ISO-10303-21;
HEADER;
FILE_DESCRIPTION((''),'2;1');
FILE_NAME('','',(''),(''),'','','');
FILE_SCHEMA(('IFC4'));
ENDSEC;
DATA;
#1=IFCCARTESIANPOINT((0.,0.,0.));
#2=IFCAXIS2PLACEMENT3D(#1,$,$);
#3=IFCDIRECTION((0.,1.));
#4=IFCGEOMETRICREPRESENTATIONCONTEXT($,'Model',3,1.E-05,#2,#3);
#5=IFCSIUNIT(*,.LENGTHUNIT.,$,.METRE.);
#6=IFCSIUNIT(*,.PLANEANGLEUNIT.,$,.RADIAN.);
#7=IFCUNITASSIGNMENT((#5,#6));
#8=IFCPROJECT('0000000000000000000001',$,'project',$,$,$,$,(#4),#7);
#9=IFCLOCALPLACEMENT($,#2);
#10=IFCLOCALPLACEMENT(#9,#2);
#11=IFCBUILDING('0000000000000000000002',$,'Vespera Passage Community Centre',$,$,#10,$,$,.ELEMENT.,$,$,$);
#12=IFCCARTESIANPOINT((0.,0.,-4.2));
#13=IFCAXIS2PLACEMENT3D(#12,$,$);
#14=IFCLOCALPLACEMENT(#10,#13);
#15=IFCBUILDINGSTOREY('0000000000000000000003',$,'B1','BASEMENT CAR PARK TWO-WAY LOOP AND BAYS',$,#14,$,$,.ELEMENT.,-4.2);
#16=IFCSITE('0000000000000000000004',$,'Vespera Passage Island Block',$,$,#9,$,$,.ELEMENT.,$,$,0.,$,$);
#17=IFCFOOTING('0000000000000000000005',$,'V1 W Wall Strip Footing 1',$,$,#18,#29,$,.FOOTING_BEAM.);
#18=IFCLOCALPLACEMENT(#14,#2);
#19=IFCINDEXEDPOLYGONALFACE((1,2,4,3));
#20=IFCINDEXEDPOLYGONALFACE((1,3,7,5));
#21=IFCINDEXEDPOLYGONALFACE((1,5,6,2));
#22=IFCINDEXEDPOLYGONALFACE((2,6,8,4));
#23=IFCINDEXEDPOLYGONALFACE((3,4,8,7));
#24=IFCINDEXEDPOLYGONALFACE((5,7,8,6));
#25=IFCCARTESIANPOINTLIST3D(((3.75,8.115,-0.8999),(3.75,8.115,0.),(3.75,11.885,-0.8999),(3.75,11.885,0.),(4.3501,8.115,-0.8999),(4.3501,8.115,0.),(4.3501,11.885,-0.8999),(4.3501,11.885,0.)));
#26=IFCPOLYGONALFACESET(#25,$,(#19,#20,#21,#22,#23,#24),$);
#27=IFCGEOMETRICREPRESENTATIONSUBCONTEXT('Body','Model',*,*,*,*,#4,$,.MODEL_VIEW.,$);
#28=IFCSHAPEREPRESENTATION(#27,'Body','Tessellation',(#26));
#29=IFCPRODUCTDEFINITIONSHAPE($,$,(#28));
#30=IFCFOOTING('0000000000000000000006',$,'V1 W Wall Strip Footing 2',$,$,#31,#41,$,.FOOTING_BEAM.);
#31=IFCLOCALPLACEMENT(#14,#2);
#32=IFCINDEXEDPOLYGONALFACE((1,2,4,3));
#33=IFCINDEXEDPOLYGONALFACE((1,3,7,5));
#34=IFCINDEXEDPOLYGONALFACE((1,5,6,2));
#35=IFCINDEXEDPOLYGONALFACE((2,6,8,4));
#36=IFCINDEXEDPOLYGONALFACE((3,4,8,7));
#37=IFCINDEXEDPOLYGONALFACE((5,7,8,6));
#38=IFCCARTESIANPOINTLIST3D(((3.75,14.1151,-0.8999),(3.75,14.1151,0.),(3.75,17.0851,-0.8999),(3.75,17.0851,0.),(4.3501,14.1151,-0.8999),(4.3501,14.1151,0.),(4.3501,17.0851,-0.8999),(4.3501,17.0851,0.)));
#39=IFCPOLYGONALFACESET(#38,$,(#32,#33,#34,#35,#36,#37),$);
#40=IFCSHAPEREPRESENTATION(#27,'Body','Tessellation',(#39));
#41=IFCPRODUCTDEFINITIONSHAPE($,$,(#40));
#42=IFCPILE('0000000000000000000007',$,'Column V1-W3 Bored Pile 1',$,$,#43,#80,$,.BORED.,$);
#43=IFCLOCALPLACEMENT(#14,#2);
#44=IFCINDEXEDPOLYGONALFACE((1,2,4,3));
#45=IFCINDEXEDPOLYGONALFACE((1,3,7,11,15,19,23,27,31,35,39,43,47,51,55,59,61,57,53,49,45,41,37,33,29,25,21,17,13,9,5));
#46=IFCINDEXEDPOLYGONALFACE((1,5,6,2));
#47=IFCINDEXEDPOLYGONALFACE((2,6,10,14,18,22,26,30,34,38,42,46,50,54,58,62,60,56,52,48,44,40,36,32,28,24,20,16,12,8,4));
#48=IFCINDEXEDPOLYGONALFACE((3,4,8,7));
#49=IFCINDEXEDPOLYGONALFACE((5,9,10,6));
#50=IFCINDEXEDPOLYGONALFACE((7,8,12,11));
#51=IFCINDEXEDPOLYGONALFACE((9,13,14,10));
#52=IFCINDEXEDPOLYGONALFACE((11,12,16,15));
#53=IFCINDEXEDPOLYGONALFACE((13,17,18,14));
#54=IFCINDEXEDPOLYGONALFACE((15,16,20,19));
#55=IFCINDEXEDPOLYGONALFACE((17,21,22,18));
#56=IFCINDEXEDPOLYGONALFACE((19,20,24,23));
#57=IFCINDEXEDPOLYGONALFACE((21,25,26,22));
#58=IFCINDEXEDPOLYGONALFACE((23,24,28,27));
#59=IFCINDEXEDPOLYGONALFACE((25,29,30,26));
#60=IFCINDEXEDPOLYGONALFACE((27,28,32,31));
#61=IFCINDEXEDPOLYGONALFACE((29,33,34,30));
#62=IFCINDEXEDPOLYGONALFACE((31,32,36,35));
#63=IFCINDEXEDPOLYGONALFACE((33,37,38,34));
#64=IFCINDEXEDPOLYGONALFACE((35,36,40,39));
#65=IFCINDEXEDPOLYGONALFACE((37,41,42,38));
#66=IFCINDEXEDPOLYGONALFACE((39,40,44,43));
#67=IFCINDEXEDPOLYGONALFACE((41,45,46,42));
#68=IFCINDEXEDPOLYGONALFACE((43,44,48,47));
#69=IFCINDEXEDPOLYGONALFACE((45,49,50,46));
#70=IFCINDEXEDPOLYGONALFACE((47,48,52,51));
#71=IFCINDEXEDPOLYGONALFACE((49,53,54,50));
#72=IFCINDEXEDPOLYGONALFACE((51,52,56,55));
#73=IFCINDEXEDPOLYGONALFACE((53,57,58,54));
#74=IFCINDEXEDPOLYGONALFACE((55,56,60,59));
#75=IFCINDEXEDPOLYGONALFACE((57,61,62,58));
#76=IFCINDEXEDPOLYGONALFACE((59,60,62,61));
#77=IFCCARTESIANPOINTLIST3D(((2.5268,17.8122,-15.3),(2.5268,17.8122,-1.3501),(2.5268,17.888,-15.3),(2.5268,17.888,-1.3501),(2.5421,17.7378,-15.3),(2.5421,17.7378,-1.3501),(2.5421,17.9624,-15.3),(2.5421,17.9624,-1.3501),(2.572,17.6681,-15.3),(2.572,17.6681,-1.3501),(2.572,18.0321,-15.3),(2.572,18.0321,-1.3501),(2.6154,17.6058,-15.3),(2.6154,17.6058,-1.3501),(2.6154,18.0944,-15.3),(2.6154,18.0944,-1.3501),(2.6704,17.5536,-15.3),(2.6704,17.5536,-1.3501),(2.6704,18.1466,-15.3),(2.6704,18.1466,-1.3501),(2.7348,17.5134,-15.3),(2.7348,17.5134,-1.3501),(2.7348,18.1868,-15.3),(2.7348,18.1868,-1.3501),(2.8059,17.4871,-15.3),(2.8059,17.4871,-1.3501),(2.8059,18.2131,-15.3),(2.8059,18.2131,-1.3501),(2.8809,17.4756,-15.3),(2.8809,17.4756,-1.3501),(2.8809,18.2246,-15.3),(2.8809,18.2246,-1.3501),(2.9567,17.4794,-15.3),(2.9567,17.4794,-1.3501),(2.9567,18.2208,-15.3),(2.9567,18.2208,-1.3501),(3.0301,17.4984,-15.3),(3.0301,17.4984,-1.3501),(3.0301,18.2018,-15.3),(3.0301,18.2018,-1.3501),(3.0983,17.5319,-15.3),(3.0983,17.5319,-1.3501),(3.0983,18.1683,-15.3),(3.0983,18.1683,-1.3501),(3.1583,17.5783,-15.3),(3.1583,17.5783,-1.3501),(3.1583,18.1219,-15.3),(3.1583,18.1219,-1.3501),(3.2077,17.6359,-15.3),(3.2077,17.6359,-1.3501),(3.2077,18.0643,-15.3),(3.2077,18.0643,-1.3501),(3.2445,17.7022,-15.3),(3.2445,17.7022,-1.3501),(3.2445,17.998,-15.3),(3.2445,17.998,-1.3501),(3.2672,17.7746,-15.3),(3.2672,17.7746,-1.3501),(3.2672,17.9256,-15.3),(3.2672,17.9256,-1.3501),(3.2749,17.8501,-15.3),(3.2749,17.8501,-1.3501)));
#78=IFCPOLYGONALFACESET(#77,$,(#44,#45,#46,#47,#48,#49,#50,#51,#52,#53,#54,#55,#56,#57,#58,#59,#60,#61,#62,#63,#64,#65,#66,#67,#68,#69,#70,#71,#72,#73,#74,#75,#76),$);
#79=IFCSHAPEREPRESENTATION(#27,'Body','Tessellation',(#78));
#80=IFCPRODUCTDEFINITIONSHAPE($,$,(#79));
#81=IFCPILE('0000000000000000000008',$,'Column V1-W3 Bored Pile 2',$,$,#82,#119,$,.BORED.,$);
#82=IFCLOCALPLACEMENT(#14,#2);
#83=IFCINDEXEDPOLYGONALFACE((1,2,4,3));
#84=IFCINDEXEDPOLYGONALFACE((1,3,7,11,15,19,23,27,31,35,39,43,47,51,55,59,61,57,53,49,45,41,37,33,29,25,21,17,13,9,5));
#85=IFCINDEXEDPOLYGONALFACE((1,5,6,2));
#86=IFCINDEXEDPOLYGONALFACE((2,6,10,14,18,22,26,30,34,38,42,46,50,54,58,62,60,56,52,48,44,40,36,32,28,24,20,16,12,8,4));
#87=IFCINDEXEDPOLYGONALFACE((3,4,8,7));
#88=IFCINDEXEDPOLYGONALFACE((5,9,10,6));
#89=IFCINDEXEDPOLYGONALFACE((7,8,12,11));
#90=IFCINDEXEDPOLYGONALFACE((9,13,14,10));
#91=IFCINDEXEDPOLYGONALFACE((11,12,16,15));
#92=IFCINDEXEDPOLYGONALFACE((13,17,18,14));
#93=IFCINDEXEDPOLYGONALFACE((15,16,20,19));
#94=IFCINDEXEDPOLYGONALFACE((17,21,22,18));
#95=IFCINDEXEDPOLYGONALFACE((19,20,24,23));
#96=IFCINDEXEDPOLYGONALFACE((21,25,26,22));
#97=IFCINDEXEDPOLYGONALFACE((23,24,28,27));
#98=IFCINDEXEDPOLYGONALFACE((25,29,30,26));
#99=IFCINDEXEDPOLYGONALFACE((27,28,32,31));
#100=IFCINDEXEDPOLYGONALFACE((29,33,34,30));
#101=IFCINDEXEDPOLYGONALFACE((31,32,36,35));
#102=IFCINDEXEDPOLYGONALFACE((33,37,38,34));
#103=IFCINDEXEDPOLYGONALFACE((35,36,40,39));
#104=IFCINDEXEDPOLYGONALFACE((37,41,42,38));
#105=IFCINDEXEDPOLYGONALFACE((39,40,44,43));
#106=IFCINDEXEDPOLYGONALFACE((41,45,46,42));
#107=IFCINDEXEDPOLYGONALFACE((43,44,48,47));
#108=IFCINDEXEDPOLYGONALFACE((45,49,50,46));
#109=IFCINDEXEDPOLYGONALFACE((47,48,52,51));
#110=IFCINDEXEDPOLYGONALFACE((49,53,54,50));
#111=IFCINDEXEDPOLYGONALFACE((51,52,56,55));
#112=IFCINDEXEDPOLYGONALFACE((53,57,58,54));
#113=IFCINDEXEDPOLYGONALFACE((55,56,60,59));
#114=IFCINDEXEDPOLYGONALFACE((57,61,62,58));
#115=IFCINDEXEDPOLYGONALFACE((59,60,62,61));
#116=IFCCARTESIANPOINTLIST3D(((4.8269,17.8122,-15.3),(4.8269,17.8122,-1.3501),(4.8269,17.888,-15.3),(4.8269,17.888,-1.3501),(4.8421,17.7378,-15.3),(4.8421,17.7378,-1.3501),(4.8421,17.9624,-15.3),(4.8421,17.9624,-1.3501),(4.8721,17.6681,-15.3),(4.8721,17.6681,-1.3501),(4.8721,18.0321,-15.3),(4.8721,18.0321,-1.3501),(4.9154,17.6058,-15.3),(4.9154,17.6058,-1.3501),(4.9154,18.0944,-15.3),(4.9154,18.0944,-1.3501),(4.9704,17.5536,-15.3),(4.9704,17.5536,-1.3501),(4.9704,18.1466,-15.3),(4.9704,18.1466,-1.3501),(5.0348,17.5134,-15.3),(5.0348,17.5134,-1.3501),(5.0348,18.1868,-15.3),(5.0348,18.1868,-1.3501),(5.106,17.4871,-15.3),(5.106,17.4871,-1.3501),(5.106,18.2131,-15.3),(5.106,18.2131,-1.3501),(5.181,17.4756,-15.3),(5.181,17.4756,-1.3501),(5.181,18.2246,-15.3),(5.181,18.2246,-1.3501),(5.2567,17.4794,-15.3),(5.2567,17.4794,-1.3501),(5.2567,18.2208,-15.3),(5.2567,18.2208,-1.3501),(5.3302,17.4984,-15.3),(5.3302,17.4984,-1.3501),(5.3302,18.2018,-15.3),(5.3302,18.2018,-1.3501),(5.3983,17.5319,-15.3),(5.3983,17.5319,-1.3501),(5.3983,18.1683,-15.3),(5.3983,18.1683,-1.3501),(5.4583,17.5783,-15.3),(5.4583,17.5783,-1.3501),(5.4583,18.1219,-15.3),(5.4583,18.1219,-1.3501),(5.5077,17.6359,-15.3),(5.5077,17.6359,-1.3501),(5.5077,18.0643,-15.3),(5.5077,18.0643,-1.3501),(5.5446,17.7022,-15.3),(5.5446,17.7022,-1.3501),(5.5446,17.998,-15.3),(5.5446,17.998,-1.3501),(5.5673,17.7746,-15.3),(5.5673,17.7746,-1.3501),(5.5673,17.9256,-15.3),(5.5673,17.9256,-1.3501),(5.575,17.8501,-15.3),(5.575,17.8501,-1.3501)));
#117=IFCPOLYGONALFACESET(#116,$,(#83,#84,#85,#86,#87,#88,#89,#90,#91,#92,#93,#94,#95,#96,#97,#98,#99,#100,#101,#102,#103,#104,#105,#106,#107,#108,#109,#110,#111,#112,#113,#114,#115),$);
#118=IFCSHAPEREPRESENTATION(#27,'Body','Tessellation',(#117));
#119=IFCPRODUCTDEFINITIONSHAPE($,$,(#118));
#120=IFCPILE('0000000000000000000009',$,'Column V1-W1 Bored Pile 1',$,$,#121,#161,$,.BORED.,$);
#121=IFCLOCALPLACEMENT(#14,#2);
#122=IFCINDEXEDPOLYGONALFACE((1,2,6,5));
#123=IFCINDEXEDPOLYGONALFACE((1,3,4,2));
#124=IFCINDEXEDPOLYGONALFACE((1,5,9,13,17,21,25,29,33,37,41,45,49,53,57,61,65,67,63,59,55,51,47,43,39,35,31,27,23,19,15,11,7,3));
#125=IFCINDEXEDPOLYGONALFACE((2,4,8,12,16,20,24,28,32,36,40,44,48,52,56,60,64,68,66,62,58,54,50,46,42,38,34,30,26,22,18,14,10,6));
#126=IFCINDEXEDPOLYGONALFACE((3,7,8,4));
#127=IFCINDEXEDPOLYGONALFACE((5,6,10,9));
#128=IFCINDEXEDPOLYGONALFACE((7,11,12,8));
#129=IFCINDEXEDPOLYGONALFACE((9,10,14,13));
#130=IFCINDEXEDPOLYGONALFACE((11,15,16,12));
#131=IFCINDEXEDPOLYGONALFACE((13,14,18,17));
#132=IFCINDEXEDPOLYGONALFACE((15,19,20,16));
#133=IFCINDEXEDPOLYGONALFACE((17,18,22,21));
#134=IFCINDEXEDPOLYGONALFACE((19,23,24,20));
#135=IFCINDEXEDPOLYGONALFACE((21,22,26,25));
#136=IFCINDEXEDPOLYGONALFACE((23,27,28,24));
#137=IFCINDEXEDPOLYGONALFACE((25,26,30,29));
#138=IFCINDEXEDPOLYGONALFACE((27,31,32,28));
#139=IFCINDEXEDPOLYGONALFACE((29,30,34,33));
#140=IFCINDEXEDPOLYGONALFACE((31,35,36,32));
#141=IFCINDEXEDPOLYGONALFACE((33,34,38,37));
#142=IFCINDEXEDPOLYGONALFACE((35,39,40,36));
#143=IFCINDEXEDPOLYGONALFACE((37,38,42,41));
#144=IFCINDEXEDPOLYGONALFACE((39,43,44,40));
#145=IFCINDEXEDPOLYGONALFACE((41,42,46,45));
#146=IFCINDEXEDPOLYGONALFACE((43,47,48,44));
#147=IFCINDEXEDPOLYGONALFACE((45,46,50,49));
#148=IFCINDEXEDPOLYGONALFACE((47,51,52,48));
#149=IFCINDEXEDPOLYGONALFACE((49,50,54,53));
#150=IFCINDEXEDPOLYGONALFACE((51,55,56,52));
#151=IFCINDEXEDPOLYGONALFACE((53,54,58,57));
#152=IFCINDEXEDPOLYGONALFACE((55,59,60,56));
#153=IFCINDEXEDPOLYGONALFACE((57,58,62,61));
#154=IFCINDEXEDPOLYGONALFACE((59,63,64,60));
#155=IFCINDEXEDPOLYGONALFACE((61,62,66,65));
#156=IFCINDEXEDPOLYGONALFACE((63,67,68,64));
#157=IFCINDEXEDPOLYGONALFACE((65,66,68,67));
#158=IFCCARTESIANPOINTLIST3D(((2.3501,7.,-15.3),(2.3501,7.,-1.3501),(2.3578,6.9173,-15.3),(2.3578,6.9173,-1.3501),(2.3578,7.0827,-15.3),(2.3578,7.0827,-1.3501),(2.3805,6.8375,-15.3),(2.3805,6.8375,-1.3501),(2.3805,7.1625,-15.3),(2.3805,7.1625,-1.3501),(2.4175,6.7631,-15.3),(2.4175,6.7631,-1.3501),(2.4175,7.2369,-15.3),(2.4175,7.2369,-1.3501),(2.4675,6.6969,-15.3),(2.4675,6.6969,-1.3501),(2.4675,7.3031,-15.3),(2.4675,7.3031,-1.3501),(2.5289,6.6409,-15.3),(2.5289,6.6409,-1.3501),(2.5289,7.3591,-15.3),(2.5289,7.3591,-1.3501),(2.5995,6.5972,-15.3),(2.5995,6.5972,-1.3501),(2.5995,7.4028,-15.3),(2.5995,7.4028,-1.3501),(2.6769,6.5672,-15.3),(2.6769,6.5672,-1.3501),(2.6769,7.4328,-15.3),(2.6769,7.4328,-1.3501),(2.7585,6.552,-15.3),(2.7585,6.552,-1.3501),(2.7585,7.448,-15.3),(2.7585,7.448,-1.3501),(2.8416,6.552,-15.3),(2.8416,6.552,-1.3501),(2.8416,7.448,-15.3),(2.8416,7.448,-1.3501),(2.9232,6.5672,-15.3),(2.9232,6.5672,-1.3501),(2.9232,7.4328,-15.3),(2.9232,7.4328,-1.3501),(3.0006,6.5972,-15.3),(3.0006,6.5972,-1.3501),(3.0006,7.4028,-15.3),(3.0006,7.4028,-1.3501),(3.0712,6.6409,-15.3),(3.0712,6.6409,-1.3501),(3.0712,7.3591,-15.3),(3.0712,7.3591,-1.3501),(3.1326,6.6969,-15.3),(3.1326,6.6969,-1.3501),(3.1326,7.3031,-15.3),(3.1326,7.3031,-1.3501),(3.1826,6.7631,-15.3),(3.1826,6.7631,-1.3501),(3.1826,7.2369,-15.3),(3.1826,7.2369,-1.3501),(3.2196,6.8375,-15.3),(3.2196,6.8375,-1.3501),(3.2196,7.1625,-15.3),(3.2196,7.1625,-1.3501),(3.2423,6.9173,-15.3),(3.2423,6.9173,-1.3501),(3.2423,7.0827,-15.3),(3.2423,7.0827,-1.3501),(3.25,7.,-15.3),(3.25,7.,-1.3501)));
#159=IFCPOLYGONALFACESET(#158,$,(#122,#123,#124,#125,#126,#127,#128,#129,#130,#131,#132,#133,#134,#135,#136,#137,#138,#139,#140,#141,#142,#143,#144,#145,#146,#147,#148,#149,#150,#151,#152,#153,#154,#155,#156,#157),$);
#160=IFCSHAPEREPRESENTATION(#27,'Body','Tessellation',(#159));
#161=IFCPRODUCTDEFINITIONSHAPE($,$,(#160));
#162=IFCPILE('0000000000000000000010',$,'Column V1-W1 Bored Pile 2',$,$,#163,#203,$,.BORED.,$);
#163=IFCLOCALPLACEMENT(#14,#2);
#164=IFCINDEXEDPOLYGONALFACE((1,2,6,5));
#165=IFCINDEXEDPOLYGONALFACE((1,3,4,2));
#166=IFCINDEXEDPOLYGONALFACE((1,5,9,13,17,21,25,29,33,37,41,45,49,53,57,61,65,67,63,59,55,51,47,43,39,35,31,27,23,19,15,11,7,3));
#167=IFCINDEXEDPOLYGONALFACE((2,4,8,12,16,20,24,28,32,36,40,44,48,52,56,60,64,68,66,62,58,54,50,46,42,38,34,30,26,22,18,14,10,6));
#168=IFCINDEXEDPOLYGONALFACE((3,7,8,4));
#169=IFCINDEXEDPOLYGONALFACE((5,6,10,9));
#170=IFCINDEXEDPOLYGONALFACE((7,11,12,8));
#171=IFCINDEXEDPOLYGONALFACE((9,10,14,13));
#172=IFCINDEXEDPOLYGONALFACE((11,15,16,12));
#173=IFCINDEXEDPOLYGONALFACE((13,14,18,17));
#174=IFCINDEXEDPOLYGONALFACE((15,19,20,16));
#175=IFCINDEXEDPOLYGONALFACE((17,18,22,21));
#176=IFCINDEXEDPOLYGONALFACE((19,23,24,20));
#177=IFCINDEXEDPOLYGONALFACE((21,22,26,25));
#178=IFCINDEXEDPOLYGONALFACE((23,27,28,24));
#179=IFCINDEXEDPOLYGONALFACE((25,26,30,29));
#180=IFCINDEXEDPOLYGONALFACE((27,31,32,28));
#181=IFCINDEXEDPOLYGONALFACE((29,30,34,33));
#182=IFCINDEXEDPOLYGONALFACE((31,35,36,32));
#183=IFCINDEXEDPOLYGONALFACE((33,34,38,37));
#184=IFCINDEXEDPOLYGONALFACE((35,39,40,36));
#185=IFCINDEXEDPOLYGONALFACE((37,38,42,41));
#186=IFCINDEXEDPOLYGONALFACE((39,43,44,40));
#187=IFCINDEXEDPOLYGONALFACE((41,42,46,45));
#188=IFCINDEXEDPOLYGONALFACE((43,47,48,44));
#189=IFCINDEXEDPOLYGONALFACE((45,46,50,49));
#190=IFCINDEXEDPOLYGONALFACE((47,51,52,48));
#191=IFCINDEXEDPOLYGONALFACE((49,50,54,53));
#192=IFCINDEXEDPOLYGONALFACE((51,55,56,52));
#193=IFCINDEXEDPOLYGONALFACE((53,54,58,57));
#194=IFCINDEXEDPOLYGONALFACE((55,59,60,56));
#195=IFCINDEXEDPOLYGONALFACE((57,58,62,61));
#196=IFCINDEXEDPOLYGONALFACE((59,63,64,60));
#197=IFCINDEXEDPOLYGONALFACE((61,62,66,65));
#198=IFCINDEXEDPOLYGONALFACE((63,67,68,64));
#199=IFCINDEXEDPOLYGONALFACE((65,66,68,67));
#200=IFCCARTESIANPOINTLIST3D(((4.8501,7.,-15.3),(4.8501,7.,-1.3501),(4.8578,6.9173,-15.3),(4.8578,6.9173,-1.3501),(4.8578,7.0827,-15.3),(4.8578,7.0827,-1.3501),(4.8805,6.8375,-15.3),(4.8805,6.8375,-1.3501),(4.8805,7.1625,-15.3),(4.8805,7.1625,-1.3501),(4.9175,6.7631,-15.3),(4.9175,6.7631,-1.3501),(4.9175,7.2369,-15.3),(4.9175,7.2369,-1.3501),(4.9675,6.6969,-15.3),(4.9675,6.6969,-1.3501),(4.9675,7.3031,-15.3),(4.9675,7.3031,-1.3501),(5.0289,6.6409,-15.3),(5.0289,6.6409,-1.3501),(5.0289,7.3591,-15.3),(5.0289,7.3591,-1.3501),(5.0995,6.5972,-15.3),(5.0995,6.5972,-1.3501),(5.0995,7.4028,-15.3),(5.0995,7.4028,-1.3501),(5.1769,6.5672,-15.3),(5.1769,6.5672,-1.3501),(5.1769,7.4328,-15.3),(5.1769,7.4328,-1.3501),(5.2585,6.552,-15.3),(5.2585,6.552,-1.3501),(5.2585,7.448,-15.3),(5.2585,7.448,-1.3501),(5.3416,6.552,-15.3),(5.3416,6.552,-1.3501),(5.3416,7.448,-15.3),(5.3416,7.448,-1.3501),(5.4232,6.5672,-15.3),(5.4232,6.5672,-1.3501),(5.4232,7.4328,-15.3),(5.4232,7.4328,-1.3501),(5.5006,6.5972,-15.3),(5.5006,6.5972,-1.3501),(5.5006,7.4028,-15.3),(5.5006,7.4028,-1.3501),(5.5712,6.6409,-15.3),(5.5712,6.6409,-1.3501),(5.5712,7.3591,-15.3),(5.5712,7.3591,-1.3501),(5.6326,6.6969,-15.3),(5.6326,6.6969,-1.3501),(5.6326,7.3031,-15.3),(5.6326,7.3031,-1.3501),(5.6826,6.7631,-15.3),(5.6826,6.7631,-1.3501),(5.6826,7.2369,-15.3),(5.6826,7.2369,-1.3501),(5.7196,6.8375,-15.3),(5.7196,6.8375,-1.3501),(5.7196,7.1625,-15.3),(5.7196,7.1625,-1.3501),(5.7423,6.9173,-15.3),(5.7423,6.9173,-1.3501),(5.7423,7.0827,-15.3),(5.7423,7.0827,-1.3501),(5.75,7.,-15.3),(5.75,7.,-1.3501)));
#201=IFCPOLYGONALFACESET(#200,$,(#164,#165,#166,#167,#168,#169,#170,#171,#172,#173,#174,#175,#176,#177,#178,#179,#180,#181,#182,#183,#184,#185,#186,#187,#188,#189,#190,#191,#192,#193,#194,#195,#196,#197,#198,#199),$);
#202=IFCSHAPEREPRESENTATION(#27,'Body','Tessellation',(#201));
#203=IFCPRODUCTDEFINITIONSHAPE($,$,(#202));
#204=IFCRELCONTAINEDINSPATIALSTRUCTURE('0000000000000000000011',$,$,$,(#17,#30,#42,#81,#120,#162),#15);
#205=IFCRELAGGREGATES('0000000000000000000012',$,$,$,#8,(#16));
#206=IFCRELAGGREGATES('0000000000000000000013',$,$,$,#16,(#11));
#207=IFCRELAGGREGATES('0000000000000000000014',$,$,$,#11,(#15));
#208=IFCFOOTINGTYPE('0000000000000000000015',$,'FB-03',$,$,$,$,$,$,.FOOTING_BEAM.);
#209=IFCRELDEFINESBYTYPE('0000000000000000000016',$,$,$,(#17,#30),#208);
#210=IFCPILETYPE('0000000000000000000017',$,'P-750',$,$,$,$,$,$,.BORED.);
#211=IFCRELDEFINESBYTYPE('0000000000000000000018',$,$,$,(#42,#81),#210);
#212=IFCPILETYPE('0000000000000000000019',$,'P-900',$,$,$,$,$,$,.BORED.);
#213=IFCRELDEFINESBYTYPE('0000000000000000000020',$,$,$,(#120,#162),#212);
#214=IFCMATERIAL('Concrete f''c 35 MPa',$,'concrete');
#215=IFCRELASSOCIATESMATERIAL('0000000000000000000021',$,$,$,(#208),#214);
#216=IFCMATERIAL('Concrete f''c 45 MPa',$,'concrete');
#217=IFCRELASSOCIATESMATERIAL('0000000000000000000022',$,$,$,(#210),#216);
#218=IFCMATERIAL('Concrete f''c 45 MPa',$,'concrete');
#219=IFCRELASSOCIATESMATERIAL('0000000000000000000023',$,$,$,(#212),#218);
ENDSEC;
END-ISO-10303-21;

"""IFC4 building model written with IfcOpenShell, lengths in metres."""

from ifc_helpers import new_model, si_unit, direction, frame, origin, origin_2d, place, context, subcontext, project, spatial, rectangle, circle, extrude, material, material_profile, profile_set, type_object, element, save


model = new_model("IFC4")

# Units and contexts
model_context = context("Model", 3, precision=1e-05, world=origin(), true_north=direction((0.0, 1.0)))
body_context = subcontext(model_context, "Body", "Model", "MODEL_VIEW")
ifc_project = project(units=[si_unit("LENGTHUNIT", "METRE"), si_unit("PLANEANGLEUNIT", "RADIAN")], contexts=[model_context])

# Site, building, storey
site_placement = place(None, origin())
site = spatial("IfcSite", under=ifc_project, at=site_placement, Name="Vespera Passage Island Block", CompositionType="ELEMENT", RefElevation=0.0)
building_placement = place(site_placement, origin())
building = spatial("IfcBuilding", under=site, at=building_placement, Name="Vespera Passage Community Centre", CompositionType="ELEMENT")
storey_placement = place(building_placement, frame((0.0, 0.0, -4.2)))
storey = spatial("IfcBuildingStorey", under=building, at=storey_placement, Name="B1", Description="BASEMENT CAR PARK TWO-WAY LOOP AND BAYS", CompositionType="ELEMENT", Elevation=-4.2)

# Footings
ifc_material_1 = material(Name="Concrete f'c 35 MPa", Category="concrete")
footing_type_1 = type_object("IfcFootingType", Name="FB-03", PredefinedType="FOOTING_BEAM", material=ifc_material_1)
footing_1_placement = place(storey_placement, frame((4.05, 10.0, -0.8999), z_axis=(0.0, 0.0, 1.0), x_axis=(0.0, 1.0, 0.0)))
element("IfcFooting", 1, at=footing_1_placement, inside=storey, type_object=footing_type_1, Name="V1 W Wall Strip Footing 1", PredefinedType="FOOTING_BEAM", context=body_context, shape_type="SweptSolid", body=[
    extrude(rectangle(XDim=3.77, YDim=0.6001, at=origin_2d()), origin(), (0.0, 0.0, 1.0), 0.8999),
])
footing_2_placement = place(storey_placement, frame((4.05, 15.6001, -0.8999), z_axis=(0.0, 0.0, 1.0), x_axis=(0.0, 1.0, 0.0)))
element("IfcFooting", 2, at=footing_2_placement, inside=storey, type_object=footing_type_1, Name="V1 W Wall Strip Footing 2", PredefinedType="FOOTING_BEAM", context=body_context, shape_type="SweptSolid", body=[
    extrude(rectangle(XDim=2.97, YDim=0.6001, at=origin_2d()), origin(), (0.0, 0.0, 1.0), 0.8999),
])

# Piles
ifc_material_2 = material(Name="Concrete f'c 45 MPa", Category="concrete")
ifc_material_profile_1 = material_profile(ifc_material_2, circle(Radius=0.375, at=origin_2d()), Name="PILE750DIA")
ifc_profile_set_1 = profile_set([ifc_material_profile_1], Name="Concrete f'c 45 MPa")
pile_type_1 = type_object("IfcPileType", Name="P-750", PredefinedType="BORED", material=ifc_profile_set_1)
for number, where, z_axis, x_axis, name in (
    (3, (2.8999, 17.8501, -1.3501), (0.0, 0.0, -1.0), (1.0, 0.0, 0.0), "Column V1-W3 Bored Pile 1"),
    (4, (5.2, 17.8501, -1.3501), (0.0, 0.0, -1.0), (1.0, 0.0, 0.0), "Column V1-W3 Bored Pile 2"),
):
    element("IfcPile", number, at=place(storey_placement, frame(where, z_axis=z_axis, x_axis=x_axis)), inside=storey, type_object=pile_type_1, Name=name, PredefinedType="BORED", context=body_context, shape_type="SweptSolid", body=[
        extrude(circle(Radius=0.375, at=origin_2d()), origin(), (0.0, 0.0, 1.0), 13.95),
    ])
ifc_material_3 = material(Name="Concrete f'c 45 MPa", Category="concrete")
ifc_material_profile_2 = material_profile(ifc_material_3, circle(Radius=0.45, at=origin_2d()), Name="PILE900DIA")
ifc_profile_set_2 = profile_set([ifc_material_profile_2], Name="Concrete f'c 45 MPa")
pile_type_2 = type_object("IfcPileType", Name="P-900", PredefinedType="BORED", material=ifc_profile_set_2)
for number, where, z_axis, x_axis, name in (
    (5, (2.8, 7.0, -1.3501), (0.0, 0.0, -1.0), (1.0, 0.0, 0.0), "Column V1-W1 Bored Pile 1"),
    (6, (5.3, 7.0, -1.3501), (0.0, 0.0, -1.0), (1.0, 0.0, 0.0), "Column V1-W1 Bored Pile 2"),
):
    element("IfcPile", number, at=place(storey_placement, frame(where, z_axis=z_axis, x_axis=x_axis)), inside=storey, type_object=pile_type_2, Name=name, PredefinedType="BORED", context=body_context, shape_type="SweptSolid", body=[
        extrude(circle(Radius=0.45, at=origin_2d()), origin(), (0.0, 0.0, 1.0), 13.95),
    ])

save(model, "model.ifc")
